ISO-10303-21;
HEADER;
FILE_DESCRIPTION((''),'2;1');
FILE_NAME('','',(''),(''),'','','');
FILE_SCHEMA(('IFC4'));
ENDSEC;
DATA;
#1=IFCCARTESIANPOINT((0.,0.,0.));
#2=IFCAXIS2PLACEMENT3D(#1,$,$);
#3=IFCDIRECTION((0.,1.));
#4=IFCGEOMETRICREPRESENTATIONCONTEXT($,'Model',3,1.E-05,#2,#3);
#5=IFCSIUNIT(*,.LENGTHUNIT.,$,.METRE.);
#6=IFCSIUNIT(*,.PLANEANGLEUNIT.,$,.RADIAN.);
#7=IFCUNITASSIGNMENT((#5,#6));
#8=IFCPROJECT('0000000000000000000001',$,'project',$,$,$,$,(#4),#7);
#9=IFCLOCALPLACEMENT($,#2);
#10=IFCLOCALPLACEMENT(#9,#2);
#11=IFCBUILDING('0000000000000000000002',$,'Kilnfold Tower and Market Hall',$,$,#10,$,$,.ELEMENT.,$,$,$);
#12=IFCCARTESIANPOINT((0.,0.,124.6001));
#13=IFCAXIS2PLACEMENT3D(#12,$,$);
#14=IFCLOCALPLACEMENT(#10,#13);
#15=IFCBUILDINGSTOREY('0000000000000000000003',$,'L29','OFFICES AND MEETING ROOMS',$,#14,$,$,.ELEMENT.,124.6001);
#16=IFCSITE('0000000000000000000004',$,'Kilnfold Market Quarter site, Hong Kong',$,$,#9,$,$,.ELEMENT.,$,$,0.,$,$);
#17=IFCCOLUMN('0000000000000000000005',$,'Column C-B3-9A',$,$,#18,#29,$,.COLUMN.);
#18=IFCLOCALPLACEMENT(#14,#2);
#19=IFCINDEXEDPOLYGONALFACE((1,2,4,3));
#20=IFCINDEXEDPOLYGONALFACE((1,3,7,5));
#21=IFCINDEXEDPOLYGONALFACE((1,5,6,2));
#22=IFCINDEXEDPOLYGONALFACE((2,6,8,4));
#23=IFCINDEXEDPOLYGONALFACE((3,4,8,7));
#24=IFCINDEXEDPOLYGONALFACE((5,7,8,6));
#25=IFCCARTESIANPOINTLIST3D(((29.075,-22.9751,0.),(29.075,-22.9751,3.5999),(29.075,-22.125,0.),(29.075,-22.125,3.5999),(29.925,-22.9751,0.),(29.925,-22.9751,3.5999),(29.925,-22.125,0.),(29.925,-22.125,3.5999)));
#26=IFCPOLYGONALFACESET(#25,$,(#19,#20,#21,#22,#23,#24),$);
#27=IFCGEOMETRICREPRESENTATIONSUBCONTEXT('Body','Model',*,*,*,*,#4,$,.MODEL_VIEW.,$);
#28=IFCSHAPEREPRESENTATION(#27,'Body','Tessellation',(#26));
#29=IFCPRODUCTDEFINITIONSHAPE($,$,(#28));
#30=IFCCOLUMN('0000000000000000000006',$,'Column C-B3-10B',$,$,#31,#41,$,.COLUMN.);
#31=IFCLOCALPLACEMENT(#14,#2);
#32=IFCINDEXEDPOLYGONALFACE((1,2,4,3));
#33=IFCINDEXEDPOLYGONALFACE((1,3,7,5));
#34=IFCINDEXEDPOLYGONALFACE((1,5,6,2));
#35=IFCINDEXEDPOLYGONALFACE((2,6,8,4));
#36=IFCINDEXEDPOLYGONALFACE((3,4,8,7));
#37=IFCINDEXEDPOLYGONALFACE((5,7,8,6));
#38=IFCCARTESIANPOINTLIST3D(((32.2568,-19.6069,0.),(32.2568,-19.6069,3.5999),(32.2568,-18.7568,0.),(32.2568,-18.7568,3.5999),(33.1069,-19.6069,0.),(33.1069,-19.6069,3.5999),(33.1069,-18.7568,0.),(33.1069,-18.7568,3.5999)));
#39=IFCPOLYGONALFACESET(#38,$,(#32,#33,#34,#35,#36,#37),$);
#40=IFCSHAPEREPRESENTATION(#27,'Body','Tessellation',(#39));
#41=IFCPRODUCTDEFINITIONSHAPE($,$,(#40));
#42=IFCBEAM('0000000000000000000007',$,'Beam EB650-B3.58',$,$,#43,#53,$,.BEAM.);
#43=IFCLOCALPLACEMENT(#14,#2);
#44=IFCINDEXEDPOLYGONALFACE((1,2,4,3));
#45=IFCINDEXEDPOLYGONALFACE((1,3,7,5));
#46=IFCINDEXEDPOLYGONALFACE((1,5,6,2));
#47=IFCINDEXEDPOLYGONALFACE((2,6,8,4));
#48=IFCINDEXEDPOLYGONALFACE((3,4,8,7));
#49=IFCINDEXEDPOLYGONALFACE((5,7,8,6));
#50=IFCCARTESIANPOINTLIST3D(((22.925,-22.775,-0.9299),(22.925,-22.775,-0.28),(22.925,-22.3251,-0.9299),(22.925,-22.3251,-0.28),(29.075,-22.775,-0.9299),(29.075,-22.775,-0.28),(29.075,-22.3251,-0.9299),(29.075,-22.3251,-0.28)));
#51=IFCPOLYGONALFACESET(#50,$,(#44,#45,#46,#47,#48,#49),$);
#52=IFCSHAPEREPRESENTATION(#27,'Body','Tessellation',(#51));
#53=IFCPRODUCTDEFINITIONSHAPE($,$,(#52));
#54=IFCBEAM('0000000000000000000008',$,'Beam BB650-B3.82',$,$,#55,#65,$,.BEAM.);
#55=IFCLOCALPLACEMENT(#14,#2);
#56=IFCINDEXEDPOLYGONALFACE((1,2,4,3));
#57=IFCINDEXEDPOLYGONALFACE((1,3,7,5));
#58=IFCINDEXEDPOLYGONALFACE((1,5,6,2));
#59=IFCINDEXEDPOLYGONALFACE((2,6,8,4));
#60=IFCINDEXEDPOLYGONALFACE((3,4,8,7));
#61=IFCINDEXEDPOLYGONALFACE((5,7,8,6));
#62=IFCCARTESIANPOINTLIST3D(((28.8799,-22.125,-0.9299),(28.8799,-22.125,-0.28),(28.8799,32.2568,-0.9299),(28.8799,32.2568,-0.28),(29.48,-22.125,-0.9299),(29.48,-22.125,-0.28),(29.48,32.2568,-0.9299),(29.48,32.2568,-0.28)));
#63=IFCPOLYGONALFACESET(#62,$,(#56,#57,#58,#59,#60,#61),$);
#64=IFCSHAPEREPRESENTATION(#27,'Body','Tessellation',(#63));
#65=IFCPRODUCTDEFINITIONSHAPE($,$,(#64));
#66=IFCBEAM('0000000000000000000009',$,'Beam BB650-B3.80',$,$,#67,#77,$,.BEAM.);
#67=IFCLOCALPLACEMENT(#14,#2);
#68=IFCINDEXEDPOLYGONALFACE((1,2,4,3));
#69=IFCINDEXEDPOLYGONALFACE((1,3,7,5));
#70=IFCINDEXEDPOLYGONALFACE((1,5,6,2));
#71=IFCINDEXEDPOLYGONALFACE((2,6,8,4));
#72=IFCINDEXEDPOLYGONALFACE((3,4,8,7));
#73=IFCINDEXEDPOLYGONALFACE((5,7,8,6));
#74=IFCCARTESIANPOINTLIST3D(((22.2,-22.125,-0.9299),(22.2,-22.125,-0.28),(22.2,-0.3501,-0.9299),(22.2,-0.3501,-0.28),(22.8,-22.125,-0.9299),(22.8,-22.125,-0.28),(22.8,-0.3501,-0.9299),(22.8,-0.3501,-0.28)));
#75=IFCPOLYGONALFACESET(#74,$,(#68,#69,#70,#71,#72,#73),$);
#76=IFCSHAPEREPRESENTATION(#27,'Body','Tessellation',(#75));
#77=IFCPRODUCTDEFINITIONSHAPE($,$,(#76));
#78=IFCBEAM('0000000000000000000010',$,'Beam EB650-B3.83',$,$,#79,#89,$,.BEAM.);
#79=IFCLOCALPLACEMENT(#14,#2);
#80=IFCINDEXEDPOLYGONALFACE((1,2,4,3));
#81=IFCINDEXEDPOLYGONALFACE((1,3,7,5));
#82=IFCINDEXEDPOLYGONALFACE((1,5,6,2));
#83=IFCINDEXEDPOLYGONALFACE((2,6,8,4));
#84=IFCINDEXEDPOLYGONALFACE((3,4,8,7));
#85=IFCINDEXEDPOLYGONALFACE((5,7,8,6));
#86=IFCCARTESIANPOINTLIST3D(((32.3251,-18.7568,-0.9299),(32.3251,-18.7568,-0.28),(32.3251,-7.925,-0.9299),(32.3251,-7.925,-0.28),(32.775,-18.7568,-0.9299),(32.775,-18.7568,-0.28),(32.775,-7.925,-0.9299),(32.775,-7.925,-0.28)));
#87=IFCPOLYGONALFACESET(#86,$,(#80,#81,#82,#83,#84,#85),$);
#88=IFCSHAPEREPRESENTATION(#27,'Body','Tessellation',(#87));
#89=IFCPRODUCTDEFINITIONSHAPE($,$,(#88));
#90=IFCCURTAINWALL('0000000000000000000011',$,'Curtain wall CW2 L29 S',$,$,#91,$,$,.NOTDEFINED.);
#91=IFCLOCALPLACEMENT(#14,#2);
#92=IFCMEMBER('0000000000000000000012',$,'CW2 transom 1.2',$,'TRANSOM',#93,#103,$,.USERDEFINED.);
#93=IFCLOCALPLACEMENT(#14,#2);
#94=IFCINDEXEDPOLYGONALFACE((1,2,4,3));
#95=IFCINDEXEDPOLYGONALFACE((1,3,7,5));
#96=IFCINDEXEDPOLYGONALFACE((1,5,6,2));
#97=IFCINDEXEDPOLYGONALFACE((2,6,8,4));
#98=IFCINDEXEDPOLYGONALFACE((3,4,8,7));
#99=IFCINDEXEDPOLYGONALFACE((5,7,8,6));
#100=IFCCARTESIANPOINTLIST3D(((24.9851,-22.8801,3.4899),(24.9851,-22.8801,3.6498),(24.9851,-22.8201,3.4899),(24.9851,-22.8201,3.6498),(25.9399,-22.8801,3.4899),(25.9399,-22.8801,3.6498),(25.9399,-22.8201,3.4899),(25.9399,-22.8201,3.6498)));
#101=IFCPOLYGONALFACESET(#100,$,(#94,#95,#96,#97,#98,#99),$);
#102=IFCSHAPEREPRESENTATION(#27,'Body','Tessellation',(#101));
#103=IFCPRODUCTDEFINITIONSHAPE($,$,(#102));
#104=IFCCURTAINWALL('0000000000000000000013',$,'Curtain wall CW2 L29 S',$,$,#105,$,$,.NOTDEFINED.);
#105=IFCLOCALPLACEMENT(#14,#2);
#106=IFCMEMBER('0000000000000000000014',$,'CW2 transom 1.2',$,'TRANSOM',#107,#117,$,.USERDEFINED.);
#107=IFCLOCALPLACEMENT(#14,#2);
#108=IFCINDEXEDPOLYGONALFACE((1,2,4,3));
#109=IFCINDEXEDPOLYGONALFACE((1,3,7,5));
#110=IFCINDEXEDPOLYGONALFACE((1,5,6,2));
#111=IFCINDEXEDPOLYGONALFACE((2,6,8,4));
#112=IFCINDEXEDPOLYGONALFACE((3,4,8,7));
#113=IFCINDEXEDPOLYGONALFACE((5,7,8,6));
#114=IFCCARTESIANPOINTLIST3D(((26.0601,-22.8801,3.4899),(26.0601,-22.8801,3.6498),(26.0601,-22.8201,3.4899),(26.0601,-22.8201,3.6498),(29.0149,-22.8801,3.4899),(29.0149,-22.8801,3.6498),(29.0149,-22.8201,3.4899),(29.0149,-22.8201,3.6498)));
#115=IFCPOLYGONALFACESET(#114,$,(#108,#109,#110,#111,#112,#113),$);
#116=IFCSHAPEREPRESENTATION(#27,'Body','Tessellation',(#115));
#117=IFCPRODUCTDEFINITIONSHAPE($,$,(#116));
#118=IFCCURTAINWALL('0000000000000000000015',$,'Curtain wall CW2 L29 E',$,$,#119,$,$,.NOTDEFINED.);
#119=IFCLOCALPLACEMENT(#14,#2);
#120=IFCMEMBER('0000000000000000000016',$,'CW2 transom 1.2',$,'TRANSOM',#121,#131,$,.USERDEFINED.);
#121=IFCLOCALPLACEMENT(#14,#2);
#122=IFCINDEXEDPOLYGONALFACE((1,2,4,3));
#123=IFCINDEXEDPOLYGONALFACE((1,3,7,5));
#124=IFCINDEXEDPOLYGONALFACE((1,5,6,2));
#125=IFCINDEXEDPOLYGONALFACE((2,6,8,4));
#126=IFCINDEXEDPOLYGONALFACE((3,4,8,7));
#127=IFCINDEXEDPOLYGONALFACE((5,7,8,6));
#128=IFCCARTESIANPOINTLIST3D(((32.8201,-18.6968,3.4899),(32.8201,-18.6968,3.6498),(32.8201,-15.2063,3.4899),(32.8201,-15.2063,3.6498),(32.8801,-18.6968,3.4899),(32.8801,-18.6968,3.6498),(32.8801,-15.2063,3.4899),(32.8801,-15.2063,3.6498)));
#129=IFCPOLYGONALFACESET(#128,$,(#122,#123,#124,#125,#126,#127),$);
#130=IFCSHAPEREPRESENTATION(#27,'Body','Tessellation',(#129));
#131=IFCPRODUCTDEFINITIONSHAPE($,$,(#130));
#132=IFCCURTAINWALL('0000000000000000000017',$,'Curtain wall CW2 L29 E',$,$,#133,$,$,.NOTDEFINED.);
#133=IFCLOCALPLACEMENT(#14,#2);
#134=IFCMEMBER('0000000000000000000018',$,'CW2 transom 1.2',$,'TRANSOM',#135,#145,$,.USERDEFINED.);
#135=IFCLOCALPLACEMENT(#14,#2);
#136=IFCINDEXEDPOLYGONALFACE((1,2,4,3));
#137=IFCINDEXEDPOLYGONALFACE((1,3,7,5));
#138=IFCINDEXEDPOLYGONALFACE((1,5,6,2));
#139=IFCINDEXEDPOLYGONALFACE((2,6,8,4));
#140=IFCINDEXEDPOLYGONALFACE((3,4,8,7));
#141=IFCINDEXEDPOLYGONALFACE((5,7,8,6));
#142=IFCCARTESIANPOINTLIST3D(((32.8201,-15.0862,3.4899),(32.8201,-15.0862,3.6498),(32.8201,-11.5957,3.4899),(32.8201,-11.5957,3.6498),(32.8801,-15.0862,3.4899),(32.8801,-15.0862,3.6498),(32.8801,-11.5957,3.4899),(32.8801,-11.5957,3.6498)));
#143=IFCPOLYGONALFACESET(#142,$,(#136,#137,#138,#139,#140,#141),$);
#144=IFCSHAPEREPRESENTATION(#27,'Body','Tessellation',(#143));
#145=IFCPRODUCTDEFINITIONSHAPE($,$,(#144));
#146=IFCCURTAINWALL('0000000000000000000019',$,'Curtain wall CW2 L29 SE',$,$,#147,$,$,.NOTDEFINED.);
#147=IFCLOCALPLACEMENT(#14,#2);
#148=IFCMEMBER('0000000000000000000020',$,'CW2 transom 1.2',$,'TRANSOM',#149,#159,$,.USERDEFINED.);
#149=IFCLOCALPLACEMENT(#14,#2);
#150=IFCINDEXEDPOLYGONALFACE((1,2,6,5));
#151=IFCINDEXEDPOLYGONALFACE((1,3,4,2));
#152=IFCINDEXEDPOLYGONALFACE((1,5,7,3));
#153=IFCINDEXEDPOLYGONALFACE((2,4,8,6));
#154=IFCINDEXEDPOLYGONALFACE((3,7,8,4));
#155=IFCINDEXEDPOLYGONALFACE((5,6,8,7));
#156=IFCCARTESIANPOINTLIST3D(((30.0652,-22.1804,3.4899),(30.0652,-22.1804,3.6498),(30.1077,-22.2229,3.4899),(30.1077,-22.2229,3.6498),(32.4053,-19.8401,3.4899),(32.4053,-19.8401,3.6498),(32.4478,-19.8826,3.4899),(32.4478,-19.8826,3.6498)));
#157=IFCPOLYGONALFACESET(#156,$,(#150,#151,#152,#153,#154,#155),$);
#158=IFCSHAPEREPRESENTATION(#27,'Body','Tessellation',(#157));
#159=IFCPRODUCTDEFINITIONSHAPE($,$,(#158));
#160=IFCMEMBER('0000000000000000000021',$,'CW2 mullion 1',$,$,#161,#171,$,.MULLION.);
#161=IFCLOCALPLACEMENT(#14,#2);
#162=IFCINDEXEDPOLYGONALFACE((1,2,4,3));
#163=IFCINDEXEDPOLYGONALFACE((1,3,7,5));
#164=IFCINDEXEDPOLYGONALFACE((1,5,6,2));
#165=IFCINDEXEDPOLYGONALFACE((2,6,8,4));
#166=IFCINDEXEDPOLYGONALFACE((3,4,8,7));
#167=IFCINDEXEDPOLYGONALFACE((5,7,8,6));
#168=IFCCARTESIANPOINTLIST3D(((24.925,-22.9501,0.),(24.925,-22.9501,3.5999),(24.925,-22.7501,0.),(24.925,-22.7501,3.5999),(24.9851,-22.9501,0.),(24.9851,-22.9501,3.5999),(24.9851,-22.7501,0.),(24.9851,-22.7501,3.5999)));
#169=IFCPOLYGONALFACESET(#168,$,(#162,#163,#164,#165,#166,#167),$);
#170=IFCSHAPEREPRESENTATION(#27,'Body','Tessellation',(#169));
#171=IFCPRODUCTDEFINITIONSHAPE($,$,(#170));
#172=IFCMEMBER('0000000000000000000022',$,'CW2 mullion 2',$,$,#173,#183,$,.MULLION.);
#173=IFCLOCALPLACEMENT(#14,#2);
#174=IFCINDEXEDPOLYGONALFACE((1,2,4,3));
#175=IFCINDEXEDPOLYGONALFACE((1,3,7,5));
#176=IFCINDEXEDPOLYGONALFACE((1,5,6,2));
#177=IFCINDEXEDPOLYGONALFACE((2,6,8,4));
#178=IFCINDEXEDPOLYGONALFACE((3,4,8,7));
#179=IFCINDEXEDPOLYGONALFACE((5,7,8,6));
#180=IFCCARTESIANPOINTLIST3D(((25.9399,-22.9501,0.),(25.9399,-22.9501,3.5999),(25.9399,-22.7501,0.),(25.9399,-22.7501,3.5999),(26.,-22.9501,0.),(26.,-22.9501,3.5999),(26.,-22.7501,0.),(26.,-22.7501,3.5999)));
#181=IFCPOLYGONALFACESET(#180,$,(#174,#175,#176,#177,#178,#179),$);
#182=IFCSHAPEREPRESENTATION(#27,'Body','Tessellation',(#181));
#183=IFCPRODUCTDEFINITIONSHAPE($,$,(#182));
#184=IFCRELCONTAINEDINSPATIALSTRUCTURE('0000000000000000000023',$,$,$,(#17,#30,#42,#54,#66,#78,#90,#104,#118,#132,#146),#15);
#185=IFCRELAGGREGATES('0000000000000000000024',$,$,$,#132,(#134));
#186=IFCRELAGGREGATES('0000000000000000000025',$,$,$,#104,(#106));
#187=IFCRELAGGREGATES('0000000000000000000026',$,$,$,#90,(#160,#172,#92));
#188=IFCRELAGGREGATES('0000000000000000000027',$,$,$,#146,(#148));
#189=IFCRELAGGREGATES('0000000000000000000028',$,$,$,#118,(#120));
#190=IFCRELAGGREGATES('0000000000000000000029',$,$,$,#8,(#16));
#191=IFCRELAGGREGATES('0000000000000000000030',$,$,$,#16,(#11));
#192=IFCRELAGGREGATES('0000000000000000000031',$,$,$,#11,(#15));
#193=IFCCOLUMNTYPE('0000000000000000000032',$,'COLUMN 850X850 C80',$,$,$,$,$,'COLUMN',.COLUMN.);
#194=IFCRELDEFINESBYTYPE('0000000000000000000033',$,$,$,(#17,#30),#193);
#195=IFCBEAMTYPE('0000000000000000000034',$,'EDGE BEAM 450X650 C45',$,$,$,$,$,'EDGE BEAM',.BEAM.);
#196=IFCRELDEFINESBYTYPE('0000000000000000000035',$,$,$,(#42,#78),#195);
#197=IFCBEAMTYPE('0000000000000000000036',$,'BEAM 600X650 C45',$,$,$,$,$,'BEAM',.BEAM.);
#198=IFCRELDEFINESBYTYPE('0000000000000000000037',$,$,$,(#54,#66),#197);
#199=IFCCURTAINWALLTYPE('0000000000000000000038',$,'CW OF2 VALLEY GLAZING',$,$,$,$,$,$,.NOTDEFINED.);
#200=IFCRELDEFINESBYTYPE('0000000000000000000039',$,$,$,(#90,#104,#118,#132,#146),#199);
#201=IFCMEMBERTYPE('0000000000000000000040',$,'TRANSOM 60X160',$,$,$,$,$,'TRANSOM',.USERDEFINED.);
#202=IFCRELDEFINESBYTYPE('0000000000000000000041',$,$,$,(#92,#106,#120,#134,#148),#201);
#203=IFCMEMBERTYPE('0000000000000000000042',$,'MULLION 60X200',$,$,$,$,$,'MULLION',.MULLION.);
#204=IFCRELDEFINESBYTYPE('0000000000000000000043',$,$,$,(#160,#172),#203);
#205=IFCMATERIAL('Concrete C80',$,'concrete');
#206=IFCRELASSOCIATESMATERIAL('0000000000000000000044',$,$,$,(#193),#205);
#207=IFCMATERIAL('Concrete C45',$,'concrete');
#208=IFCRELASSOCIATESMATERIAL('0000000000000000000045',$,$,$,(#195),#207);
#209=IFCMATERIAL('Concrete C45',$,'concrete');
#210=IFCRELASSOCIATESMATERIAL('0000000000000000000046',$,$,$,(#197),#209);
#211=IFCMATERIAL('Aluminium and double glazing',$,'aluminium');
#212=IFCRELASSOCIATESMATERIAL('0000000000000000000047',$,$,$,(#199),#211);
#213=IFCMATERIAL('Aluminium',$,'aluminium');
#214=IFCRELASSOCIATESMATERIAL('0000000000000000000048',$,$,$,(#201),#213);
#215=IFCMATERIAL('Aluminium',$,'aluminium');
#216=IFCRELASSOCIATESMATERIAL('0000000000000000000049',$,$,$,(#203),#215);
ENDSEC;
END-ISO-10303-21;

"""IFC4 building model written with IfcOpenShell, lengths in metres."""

from ifc_helpers import new_model, si_unit, direction, frame, origin, origin_2d, place, context, subcontext, project, spatial, rectangle, extrude, source, transform, mapped, material, material_profile, profile_set, type_object, element, aggregate, save


model = new_model("IFC4")

# Units and contexts
model_context = context("Model", 3, precision=1e-05, world=origin(), true_north=direction((0.0, 1.0)))
body_context = subcontext(model_context, "Body", "Model", "MODEL_VIEW")
ifc_project = project(units=[si_unit("LENGTHUNIT", "METRE"), si_unit("PLANEANGLEUNIT", "RADIAN")], contexts=[model_context])

# Site, building, storey
site_placement = place(None, origin())
site = spatial("IfcSite", under=ifc_project, at=site_placement, Name="Kilnfold Market Quarter site, Hong Kong", CompositionType="ELEMENT", RefElevation=0.0)
building_placement = place(site_placement, origin())
building = spatial("IfcBuilding", under=site, at=building_placement, Name="Kilnfold Tower and Market Hall", CompositionType="ELEMENT")
storey_placement = place(building_placement, frame((0.0, 0.0, 124.6001)))
storey = spatial("IfcBuildingStorey", under=building, at=storey_placement, Name="L29", Description="OFFICES AND MEETING ROOMS", CompositionType="ELEMENT", Elevation=124.6001)

# Columns
ifc_material_1 = material(Name="Concrete C80", Category="concrete")
ifc_material_profile_1 = material_profile(ifc_material_1, rectangle(XDim=0.8501, YDim=0.8501, at=origin_2d()), Name="RC 850x850")
ifc_profile_set_1 = profile_set([ifc_material_profile_1], Name="Concrete C80")
column_type = type_object("IfcColumnType", Name="COLUMN 850X850 C80", ElementType="COLUMN", PredefinedType="COLUMN", material=ifc_profile_set_1)
shared_shape_1 = source(origin(), body_context, "Body", "SweptSolid", [
    extrude(rectangle(XDim=0.8501, YDim=0.8501, at=origin_2d()), origin(), (0.0, 0.0, 1.0), 3.5999),
])
for number, where, z_axis, x_axis, name in (
    (1, (29.5, -22.55, 0.0), (0.0, 0.0, 1.0), (1.0, 0.0, 0.0), "Column C-B3-9A"),
    (2, (32.6819, -19.1819, 0.0), (0.0, 0.0, 1.0), (1.0, 0.0, 0.0), "Column C-B3-10B"),
):
    element("IfcColumn", number, at=place(storey_placement, frame(where, z_axis=z_axis, x_axis=x_axis)), inside=storey, type_object=column_type, Name=name, PredefinedType="COLUMN", context=body_context, shape_type="MappedRepresentation", body=[
        mapped(shared_shape_1, transform((0.0, 0.0, 0.0))),
    ])

# Beams
ifc_material_2 = material(Name="Concrete C45", Category="concrete")
ifc_material_profile_2 = material_profile(ifc_material_2, rectangle(XDim=0.45, YDim=0.6499, at=origin_2d()), Name="RC 450x650")
ifc_profile_set_2 = profile_set([ifc_material_profile_2], Name="Concrete C45")
beam_type_1 = type_object("IfcBeamType", Name="EDGE BEAM 450X650 C45", ElementType="EDGE BEAM", PredefinedType="BEAM", material=ifc_profile_set_2)
shared_shape_2 = source(origin(), body_context, "Body", "SweptSolid", [
    extrude(rectangle(XDim=0.45, YDim=0.6499, at=origin_2d()), origin(), (0.0, 0.0, 1.0), 6.1499),
])
beam_1_placement = place(storey_placement, frame((22.925, -22.55, -0.605), z_axis=(1.0, 0.0, 0.0), x_axis=(0.0, 1.0, 0.0)))
element("IfcBeam", 3, at=beam_1_placement, inside=storey, type_object=beam_type_1, Name="Beam EB650-B3.58", PredefinedType="BEAM", context=body_context, shape_type="MappedRepresentation", body=[
    mapped(shared_shape_2, transform((0.0, 0.0, 0.0))),
])
ifc_material_3 = material(Name="Concrete C45", Category="concrete")
ifc_material_profile_3 = material_profile(ifc_material_3, rectangle(XDim=0.6001, YDim=0.6499, at=origin_2d()), Name="RC 600x650")
ifc_profile_set_3 = profile_set([ifc_material_profile_3], Name="Concrete C45")
beam_type_2 = type_object("IfcBeamType", Name="BEAM 600X650 C45", ElementType="BEAM", PredefinedType="BEAM", material=ifc_profile_set_3)
shared_shape_3 = source(origin(), body_context, "Body", "SweptSolid", [
    extrude(rectangle(XDim=0.6001, YDim=0.6499, at=origin_2d()), origin(), (0.0, 0.0, 1.0), 54.3818),
])
beam_2_placement = place(storey_placement, frame((29.1799, -22.125, -0.605), z_axis=(0.0, 1.0, 0.0), x_axis=(-1.0, 0.0, 0.0)))
element("IfcBeam", 4, at=beam_2_placement, inside=storey, type_object=beam_type_2, Name="Beam BB650-B3.82", PredefinedType="BEAM", context=body_context, shape_type="MappedRepresentation", body=[
    mapped(shared_shape_3, transform((0.0, 0.0, 0.0))),
])
shared_shape_4 = source(origin(), body_context, "Body", "SweptSolid", [
    extrude(rectangle(XDim=0.6001, YDim=0.6499, at=origin_2d()), origin(), (0.0, 0.0, 1.0), 21.7749),
])
beam_3_placement = place(storey_placement, frame((22.5, -22.125, -0.605), z_axis=(0.0, 1.0, 0.0), x_axis=(-1.0, 0.0, 0.0)))
element("IfcBeam", 5, at=beam_3_placement, inside=storey, type_object=beam_type_2, Name="Beam BB650-B3.80", PredefinedType="BEAM", context=body_context, shape_type="MappedRepresentation", body=[
    mapped(shared_shape_4, transform((0.0, 0.0, 0.0))),
])
shared_shape_5 = source(origin(), body_context, "Body", "SweptSolid", [
    extrude(rectangle(XDim=0.45, YDim=0.6499, at=origin_2d()), origin(), (0.0, 0.0, 1.0), 10.8318),
])
beam_4_placement = place(storey_placement, frame((32.55, -18.7568, -0.605), z_axis=(0.0, 1.0, 0.0), x_axis=(-1.0, 0.0, 0.0)))
element("IfcBeam", 6, at=beam_4_placement, inside=storey, type_object=beam_type_1, Name="Beam EB650-B3.83", PredefinedType="BEAM", context=body_context, shape_type="MappedRepresentation", body=[
    mapped(shared_shape_5, transform((0.0, 0.0, 0.0))),
])

# Curtain walls, members
ifc_material_4 = material(Name="Aluminium and double glazing", Category="aluminium")
curtain_wall_type = type_object("IfcCurtainWallType", Name="CW OF2 VALLEY GLAZING", PredefinedType="NOTDEFINED", material=ifc_material_4)
curtain_wall_1_placement = place(storey_placement, origin())
curtain_wall_1 = element("IfcCurtainWall", 7, at=curtain_wall_1_placement, inside=storey, type_object=curtain_wall_type, Name="Curtain wall CW2 L29 S", PredefinedType="NOTDEFINED")
ifc_material_5 = material(Name="Aluminium", Category="aluminium")
ifc_material_profile_4 = material_profile(ifc_material_5, rectangle(XDim=0.0601, YDim=0.1599, at=origin_2d()), Name="TRANSOM 60x160")
ifc_profile_set_4 = profile_set([ifc_material_profile_4], Name="Aluminium")
member_type_1 = type_object("IfcMemberType", Name="TRANSOM 60X160", ElementType="TRANSOM", PredefinedType="USERDEFINED", material=ifc_profile_set_4)
shared_shape_6 = source(origin(), body_context, "Body", "SweptSolid", [
    extrude(rectangle(XDim=0.0601, YDim=0.1599, at=origin_2d()), origin(), (0.0, 0.0, 1.0), 0.9548),
])
member_1_placement = place(storey_placement, frame((24.9851, -22.8501, 3.5698), z_axis=(1.0, 0.0, 0.0), x_axis=(0.0, 1.0, 0.0)))
member_1 = element("IfcMember", 8, at=member_1_placement, type_object=member_type_1, Name="CW2 transom 1.2", ObjectType="TRANSOM", PredefinedType="USERDEFINED", context=body_context, shape_type="MappedRepresentation", body=[
    mapped(shared_shape_6, transform((0.0, 0.0, 0.0))),
])
curtain_wall_2_placement = place(storey_placement, origin())
curtain_wall_2 = element("IfcCurtainWall", 9, at=curtain_wall_2_placement, inside=storey, type_object=curtain_wall_type, Name="Curtain wall CW2 L29 S", PredefinedType="NOTDEFINED")
shared_shape_7 = source(origin(), body_context, "Body", "SweptSolid", [
    extrude(rectangle(XDim=0.0601, YDim=0.1599, at=origin_2d()), origin(), (0.0, 0.0, 1.0), 2.9548),
])
member_2_placement = place(storey_placement, frame((26.0601, -22.8501, 3.5698), z_axis=(1.0, 0.0, 0.0), x_axis=(0.0, 1.0, 0.0)))
member_2 = element("IfcMember", 10, at=member_2_placement, type_object=member_type_1, Name="CW2 transom 1.2", ObjectType="TRANSOM", PredefinedType="USERDEFINED", context=body_context, shape_type="MappedRepresentation", body=[
    mapped(shared_shape_7, transform((0.0, 0.0, 0.0))),
])
curtain_wall_3_placement = place(storey_placement, origin())
curtain_wall_3 = element("IfcCurtainWall", 11, at=curtain_wall_3_placement, inside=storey, type_object=curtain_wall_type, Name="Curtain wall CW2 L29 E", PredefinedType="NOTDEFINED")
shared_shape_8 = source(origin(), body_context, "Body", "SweptSolid", [
    extrude(rectangle(XDim=0.0601, YDim=0.1599, at=origin_2d()), origin(), (0.0, 0.0, 1.0), 3.4905),
])
member_3_placement = place(storey_placement, frame((32.8501, -18.6968, 3.5698), z_axis=(0.0, 1.0, 0.0), x_axis=(-1.0, 0.0, 0.0)))
member_3 = element("IfcMember", 12, at=member_3_placement, type_object=member_type_1, Name="CW2 transom 1.2", ObjectType="TRANSOM", PredefinedType="USERDEFINED", context=body_context, shape_type="MappedRepresentation", body=[
    mapped(shared_shape_8, transform((0.0, 0.0, 0.0))),
])
curtain_wall_4_placement = place(storey_placement, origin())
curtain_wall_4 = element("IfcCurtainWall", 13, at=curtain_wall_4_placement, inside=storey, type_object=curtain_wall_type, Name="Curtain wall CW2 L29 E", PredefinedType="NOTDEFINED")
member_4_placement = place(storey_placement, frame((32.8501, -15.0862, 3.5698), z_axis=(0.0, 1.0, 0.0), x_axis=(-1.0, 0.0, 0.0)))
member_4 = element("IfcMember", 14, at=member_4_placement, type_object=member_type_1, Name="CW2 transom 1.2", ObjectType="TRANSOM", PredefinedType="USERDEFINED", context=body_context, shape_type="MappedRepresentation", body=[
    mapped(shared_shape_8, transform((0.0, 0.0, 0.0))),
])
curtain_wall_5_placement = place(storey_placement, origin())
curtain_wall_5 = element("IfcCurtainWall", 15, at=curtain_wall_5_placement, inside=storey, type_object=curtain_wall_type, Name="Curtain wall CW2 L29 SE", PredefinedType="NOTDEFINED")
shared_shape_9 = source(origin(), body_context, "Body", "SweptSolid", [
    extrude(rectangle(XDim=0.0601, YDim=0.1599, at=origin_2d()), origin(), (0.0, 0.0, 1.0), 3.3096),
])
member_5_placement = place(storey_placement, frame((30.0864, -22.2017, 3.5698), z_axis=(0.70707, 0.707144, 0.0), x_axis=(-0.707144, 0.70707, 0.0)))
member_5 = element("IfcMember", 16, at=member_5_placement, type_object=member_type_1, Name="CW2 transom 1.2", ObjectType="TRANSOM", PredefinedType="USERDEFINED", context=body_context, shape_type="MappedRepresentation", body=[
    mapped(shared_shape_9, transform((0.0, 0.0, 0.0))),
])

# Members
ifc_material_6 = material(Name="Aluminium", Category="aluminium")
ifc_material_profile_5 = material_profile(ifc_material_6, rectangle(XDim=0.0601, YDim=0.2, at=origin_2d()), Name="MULLION 60x200")
ifc_profile_set_5 = profile_set([ifc_material_profile_5], Name="Aluminium")
member_type_2 = type_object("IfcMemberType", Name="MULLION 60X200", ElementType="MULLION", PredefinedType="MULLION", material=ifc_profile_set_5)
shared_shape_10 = source(origin(), body_context, "Body", "SweptSolid", [
    extrude(rectangle(XDim=0.0601, YDim=0.2, at=origin_2d()), origin(), (0.0, 0.0, 1.0), 3.5999),
])
member_6_placement = place(storey_placement, frame((24.9551, -22.8501, 0.0), z_axis=(0.0, 0.0, 1.0), x_axis=(1.0, 0.0, 0.0)))
member_6 = element("IfcMember", 17, at=member_6_placement, type_object=member_type_2, Name="CW2 mullion 1", PredefinedType="MULLION", context=body_context, shape_type="MappedRepresentation", body=[
    mapped(shared_shape_10, transform((0.0, 0.0, 0.0))),
])
member_7_placement = place(storey_placement, frame((25.97, -22.8501, 0.0), z_axis=(0.0, 0.0, 1.0), x_axis=(1.0, 0.0, 0.0)))
member_7 = element("IfcMember", 18, at=member_7_placement, type_object=member_type_2, Name="CW2 mullion 2", PredefinedType="MULLION", context=body_context, shape_type="MappedRepresentation", body=[
    mapped(shared_shape_10, transform((0.0, 0.0, 0.0))),
])
aggregate(curtain_wall_4, [member_4])

aggregate(curtain_wall_2, [member_2])
aggregate(curtain_wall_1, [member_6, member_7, member_1])
aggregate(curtain_wall_5, [member_5])
aggregate(curtain_wall_3, [member_3])

save(model, "model.ifc")
